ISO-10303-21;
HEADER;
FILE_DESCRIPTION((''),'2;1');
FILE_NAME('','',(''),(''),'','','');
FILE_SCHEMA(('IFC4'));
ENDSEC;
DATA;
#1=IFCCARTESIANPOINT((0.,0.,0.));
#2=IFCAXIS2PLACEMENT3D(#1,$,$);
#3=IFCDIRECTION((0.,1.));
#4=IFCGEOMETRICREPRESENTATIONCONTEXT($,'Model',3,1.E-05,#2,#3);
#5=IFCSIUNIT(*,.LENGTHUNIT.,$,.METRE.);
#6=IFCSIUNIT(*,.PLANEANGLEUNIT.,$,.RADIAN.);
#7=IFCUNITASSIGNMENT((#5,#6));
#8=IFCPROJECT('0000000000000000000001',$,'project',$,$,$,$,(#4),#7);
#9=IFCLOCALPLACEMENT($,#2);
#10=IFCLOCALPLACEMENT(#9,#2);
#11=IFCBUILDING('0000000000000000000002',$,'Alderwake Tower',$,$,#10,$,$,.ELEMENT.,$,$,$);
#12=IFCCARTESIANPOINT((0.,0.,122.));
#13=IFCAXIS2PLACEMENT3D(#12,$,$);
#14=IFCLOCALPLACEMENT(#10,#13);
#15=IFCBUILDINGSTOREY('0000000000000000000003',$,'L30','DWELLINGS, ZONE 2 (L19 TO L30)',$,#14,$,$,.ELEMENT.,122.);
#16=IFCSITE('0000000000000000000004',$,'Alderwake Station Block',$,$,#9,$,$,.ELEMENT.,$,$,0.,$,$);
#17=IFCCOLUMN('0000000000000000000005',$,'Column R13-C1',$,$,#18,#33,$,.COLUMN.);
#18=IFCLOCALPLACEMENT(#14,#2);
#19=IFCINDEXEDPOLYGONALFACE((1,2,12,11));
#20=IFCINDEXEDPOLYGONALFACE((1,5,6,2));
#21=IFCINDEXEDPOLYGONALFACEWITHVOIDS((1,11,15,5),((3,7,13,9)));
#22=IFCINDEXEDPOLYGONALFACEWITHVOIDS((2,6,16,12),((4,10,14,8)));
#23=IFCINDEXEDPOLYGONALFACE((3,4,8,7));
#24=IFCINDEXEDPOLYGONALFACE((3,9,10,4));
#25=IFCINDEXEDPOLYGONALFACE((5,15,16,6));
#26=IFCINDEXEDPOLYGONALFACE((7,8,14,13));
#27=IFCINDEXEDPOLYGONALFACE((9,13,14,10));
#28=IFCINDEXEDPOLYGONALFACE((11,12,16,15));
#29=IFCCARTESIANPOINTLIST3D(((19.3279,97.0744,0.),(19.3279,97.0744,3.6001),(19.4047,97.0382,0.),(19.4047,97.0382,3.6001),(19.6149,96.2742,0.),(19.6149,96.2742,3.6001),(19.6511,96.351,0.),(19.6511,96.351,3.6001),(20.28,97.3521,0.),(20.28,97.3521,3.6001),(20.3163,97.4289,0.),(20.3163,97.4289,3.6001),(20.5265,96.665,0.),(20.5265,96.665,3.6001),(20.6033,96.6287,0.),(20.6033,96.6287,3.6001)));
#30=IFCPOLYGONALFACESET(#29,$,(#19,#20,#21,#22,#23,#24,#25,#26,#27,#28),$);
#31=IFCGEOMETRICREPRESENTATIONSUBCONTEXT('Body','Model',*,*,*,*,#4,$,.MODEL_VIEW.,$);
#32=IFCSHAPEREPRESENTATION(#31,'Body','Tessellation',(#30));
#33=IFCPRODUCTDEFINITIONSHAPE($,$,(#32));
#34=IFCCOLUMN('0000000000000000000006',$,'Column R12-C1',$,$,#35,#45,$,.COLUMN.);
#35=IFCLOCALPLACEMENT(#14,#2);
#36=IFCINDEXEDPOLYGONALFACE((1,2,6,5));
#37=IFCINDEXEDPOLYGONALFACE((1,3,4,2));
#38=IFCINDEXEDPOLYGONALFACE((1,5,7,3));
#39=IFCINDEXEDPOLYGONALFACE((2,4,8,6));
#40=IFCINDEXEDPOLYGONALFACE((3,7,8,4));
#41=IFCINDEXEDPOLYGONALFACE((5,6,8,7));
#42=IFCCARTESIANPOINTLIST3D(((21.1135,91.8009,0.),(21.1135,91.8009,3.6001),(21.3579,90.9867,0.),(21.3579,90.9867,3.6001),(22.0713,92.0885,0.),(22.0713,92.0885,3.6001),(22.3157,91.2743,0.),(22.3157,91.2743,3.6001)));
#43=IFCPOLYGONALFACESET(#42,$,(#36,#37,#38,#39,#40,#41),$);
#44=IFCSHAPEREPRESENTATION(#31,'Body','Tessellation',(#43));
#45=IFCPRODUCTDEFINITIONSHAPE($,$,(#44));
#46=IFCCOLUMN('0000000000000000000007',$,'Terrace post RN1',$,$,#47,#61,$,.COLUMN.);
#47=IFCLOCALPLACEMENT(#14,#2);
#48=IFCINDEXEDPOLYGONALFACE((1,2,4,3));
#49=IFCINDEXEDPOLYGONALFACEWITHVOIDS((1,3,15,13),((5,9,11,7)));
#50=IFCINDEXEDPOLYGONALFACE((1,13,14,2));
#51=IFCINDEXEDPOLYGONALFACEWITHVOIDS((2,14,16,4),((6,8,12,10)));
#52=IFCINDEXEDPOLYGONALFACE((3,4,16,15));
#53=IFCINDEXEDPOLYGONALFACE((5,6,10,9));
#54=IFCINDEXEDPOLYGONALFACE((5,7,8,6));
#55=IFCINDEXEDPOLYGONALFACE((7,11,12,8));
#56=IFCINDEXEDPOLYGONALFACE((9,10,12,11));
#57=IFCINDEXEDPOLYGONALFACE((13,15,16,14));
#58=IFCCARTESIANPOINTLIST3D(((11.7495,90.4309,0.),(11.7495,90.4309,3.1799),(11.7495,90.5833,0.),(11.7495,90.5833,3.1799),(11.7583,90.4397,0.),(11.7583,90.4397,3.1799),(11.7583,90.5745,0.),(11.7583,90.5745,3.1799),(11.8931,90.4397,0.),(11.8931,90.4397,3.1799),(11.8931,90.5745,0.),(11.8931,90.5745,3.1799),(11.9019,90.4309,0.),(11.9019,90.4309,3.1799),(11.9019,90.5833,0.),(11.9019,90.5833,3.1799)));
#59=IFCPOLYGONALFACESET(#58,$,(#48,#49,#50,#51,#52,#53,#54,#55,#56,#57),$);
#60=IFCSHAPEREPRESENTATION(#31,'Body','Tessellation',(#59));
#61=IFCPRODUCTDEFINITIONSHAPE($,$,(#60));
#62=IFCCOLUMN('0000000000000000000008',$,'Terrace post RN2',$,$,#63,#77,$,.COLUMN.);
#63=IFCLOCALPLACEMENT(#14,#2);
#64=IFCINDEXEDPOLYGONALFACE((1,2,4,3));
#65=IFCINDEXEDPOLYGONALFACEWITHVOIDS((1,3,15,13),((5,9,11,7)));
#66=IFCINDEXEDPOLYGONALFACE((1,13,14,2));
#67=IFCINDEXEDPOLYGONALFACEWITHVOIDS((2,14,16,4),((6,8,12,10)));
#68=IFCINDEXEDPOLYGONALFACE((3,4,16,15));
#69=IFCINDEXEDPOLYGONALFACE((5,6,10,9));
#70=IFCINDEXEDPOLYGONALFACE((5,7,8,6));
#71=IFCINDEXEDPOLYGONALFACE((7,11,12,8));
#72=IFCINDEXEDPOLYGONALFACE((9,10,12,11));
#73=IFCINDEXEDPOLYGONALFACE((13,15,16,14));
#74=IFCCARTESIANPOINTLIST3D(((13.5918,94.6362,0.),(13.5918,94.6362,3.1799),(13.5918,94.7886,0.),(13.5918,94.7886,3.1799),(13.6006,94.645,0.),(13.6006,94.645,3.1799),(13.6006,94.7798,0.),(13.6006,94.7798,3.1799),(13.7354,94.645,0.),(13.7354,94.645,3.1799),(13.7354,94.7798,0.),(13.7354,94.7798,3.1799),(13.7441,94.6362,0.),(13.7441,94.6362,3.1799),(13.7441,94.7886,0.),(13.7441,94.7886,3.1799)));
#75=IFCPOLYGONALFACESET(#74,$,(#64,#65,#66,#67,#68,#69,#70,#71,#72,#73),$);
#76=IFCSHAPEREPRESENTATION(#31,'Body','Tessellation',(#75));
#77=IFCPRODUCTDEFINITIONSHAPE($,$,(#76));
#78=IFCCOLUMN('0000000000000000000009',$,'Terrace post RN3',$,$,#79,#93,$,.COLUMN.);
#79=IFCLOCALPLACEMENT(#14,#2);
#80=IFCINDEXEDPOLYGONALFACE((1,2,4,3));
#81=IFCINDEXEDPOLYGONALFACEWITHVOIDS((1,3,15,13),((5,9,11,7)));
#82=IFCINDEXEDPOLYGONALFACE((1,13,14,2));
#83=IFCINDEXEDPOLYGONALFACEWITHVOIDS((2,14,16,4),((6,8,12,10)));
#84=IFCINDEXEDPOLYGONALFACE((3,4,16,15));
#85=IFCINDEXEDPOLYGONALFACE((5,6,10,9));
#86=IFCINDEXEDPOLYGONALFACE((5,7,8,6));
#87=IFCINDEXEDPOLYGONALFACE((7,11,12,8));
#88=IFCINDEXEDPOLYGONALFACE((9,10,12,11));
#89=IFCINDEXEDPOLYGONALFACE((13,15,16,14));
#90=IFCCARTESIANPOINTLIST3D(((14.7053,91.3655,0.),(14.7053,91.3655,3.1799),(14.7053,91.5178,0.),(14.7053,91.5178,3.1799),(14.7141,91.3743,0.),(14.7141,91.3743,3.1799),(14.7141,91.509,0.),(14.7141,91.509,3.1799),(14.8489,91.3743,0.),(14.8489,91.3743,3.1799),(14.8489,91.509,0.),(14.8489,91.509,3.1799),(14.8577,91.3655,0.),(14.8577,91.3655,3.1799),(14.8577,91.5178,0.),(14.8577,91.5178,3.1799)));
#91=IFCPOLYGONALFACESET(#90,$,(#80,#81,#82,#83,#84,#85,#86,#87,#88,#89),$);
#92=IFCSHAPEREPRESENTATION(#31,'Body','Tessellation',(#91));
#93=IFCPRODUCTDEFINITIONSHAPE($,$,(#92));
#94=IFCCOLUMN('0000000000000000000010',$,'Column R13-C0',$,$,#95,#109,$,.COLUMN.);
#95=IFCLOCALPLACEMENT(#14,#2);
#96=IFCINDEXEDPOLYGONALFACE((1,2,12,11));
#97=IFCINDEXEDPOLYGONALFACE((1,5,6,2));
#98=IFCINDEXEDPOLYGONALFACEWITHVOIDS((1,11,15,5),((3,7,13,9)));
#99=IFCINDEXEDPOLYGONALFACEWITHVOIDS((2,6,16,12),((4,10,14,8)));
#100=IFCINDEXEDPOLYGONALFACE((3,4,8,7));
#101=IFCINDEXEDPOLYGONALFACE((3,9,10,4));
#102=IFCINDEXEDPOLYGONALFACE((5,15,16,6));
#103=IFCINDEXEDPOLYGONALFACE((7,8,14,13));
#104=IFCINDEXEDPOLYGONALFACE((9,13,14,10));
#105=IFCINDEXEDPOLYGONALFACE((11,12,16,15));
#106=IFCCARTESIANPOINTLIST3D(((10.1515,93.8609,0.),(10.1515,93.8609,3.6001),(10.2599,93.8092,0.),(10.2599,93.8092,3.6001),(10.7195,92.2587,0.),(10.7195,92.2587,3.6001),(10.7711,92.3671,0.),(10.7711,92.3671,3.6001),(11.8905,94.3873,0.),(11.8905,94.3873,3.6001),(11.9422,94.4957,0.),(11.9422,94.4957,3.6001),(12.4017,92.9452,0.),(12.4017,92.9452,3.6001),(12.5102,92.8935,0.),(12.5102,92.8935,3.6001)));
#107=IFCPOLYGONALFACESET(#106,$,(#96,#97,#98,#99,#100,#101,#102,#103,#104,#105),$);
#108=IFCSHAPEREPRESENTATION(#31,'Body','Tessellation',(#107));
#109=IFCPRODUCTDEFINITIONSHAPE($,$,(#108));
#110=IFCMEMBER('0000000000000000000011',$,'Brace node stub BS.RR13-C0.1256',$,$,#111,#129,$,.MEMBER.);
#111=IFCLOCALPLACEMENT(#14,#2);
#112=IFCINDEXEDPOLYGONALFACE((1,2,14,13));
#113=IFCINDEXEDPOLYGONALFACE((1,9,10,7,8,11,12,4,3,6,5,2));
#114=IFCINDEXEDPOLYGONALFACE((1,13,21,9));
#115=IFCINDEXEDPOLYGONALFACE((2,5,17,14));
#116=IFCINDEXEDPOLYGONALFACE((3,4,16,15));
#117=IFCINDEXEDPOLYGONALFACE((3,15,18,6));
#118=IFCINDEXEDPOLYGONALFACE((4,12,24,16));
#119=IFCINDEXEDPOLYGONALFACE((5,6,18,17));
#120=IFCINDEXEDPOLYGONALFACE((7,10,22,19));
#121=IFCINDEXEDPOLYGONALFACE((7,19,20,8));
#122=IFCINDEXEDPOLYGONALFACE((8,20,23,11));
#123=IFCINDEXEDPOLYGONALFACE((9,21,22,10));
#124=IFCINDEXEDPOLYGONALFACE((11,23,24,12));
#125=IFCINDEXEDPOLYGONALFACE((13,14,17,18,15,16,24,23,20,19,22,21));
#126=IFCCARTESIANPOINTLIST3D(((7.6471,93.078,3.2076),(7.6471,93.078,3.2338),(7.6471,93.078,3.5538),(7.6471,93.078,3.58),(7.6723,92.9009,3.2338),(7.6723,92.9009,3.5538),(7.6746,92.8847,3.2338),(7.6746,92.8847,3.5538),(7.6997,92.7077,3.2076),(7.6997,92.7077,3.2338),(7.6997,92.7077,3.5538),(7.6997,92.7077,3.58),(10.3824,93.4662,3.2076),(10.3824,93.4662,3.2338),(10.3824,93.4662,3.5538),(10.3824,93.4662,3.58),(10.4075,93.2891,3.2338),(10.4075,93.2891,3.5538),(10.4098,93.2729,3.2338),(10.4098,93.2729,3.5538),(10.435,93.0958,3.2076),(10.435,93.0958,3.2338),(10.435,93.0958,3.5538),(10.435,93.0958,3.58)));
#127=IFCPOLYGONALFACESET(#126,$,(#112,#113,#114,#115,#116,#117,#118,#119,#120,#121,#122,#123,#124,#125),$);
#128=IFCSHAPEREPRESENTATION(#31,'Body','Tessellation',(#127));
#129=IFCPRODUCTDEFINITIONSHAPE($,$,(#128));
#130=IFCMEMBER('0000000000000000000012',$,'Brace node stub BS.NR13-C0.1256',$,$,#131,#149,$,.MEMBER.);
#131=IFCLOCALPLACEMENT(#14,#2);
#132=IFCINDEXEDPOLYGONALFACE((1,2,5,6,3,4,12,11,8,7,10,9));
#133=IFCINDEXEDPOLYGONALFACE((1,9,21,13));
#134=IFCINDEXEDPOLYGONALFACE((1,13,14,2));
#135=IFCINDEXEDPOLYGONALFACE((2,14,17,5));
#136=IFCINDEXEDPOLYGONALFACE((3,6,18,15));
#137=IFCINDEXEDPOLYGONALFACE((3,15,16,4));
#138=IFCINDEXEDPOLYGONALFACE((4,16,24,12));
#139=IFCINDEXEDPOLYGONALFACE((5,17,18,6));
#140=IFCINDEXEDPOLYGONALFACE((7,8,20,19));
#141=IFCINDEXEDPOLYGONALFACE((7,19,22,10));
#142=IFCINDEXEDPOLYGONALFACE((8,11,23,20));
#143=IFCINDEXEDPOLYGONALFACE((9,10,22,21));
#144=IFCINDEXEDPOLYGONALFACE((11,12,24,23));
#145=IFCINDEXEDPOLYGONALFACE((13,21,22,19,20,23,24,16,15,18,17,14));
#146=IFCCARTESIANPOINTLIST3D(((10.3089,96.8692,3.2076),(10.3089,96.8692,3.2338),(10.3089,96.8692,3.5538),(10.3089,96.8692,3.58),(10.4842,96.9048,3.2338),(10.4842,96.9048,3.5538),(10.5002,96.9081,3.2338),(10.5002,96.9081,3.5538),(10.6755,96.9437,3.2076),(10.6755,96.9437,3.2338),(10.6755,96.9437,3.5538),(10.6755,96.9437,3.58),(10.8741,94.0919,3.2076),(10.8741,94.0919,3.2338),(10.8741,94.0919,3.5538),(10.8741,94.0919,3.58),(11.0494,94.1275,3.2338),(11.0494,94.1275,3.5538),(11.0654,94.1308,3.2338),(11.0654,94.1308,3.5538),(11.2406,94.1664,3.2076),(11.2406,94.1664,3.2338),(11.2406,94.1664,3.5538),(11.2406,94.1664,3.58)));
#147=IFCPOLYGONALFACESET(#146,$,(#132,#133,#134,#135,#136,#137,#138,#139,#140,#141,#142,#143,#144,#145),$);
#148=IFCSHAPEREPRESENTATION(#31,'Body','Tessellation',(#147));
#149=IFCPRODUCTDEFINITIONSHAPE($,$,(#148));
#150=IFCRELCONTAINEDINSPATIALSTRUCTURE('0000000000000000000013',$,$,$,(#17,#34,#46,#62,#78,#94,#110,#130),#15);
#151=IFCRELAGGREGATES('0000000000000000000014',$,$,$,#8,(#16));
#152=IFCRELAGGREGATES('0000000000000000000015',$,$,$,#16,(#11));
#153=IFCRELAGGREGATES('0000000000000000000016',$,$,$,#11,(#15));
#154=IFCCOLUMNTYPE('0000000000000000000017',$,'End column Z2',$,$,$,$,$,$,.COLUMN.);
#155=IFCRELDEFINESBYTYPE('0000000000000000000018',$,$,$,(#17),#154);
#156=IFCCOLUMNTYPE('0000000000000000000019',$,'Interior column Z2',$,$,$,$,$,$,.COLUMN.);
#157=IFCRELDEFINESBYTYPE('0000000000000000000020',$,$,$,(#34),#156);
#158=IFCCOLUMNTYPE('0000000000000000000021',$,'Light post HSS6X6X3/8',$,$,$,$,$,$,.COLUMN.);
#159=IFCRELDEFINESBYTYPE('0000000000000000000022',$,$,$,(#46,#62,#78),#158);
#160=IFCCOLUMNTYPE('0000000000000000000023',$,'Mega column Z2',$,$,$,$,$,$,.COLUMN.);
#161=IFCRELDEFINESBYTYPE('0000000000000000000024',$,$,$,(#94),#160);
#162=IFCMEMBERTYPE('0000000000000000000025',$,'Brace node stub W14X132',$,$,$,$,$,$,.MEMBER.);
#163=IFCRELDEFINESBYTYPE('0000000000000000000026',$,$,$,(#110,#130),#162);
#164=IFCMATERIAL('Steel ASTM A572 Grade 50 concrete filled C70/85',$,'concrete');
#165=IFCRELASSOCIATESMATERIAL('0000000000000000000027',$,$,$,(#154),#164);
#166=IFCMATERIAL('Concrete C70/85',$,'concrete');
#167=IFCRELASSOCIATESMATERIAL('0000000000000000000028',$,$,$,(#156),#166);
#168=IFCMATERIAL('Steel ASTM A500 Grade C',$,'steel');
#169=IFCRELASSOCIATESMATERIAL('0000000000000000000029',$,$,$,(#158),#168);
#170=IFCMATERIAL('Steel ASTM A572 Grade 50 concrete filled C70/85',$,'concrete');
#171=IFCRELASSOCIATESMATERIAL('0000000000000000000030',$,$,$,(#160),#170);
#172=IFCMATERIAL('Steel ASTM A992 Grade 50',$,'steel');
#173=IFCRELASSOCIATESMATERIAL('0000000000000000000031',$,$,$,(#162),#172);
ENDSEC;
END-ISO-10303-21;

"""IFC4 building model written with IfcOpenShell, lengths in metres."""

from ifc_helpers import new_model, si_unit, direction, frame, origin, origin_2d, place, context, subcontext, project, spatial, rectangle, hollow_rectangle, i_section, extrude, material, material_profile, profile_set, type_object, element, save


model = new_model("IFC4")

# Units and contexts
model_context = context("Model", 3, precision=1e-05, world=origin(), true_north=direction((0.0, 1.0)))
body_context = subcontext(model_context, "Body", "Model", "MODEL_VIEW")
ifc_project = project(units=[si_unit("LENGTHUNIT", "METRE"), si_unit("PLANEANGLEUNIT", "RADIAN")], contexts=[model_context])

# Site, building, storey
site_placement = place(None, origin())
site = spatial("IfcSite", under=ifc_project, at=site_placement, Name="Alderwake Station Block", CompositionType="ELEMENT", RefElevation=0.0)
building_placement = place(site_placement, origin())
building = spatial("IfcBuilding", under=site, at=building_placement, Name="Alderwake Tower", CompositionType="ELEMENT")
storey_placement = place(building_placement, frame((0.0, 0.0, 122.0)))
storey = spatial("IfcBuildingStorey", under=building, at=storey_placement, Name="L30", Description="DWELLINGS, ZONE 2 (L19 TO L30)", CompositionType="ELEMENT", Elevation=122.0)

# Columns
ifc_material_1 = material(Name="Steel ASTM A572 Grade 50 concrete filled C70/85", Category="concrete")
ifc_material_profile_1 = material_profile(ifc_material_1, hollow_rectangle(XDim=0.8501, YDim=1.05, WallThickness=0.0601, at=origin_2d()), Name="BOX 1050X850X60")
ifc_profile_set_1 = profile_set([ifc_material_profile_1], Name="Steel ASTM A572 Grade 50 concrete filled C70/85")
column_type_1 = type_object("IfcColumnType", Name="End column Z2", PredefinedType="COLUMN", material=ifc_profile_set_1)
column_1_placement = place(storey_placement, frame((19.9656, 96.8516, 0.0), z_axis=(0.0, 0.0, 1.0), x_axis=(-0.337585, 0.941295, 0.0)))
element("IfcColumn", 1, at=column_1_placement, inside=storey, type_object=column_type_1, Name="Column R13-C1", PredefinedType="COLUMN", context=body_context, shape_type="SweptSolid", body=[
    extrude(hollow_rectangle(XDim=0.8501, YDim=1.05, WallThickness=0.0601, at=origin_2d()), origin(), (0.0, 0.0, 1.0), 3.6001),
])
ifc_material_2 = material(Name="Concrete C70/85", Category="concrete")
ifc_material_profile_2 = material_profile(ifc_material_2, rectangle(XDim=0.8501, YDim=1.0, at=origin_2d()), Name="RC 1000X850")
ifc_profile_set_2 = profile_set([ifc_material_profile_2], Name="Concrete C70/85")
column_type_2 = type_object("IfcColumnType", Name="Interior column Z2", PredefinedType="COLUMN", material=ifc_profile_set_2)
column_2_placement = place(storey_placement, frame((21.7146, 91.5376, 0.0), z_axis=(0.0, 0.0, 1.0), x_axis=(-0.287549, 0.957766, 0.0)))
element("IfcColumn", 2, at=column_2_placement, inside=storey, type_object=column_type_2, Name="Column R12-C1", PredefinedType="COLUMN", context=body_context, shape_type="SweptSolid", body=[
    extrude(rectangle(XDim=0.8501, YDim=1.0, at=origin_2d()), origin(), (0.0, 0.0, 1.0), 3.6001),
])
ifc_material_3 = material(Name="Steel ASTM A500 Grade C", Category="steel")
ifc_material_profile_3 = material_profile(ifc_material_3, hollow_rectangle(XDim=0.1523, YDim=0.1523, WallThickness=0.0088, at=origin_2d()), Name="HSS6X6X3/8")
ifc_profile_set_3 = profile_set([ifc_material_profile_3], Name="Steel ASTM A500 Grade C")
column_type_3 = type_object("IfcColumnType", Name="Light post HSS6X6X3/8", PredefinedType="COLUMN", material=ifc_profile_set_3)
for number, where, z_axis, x_axis, name in (
    (3, (11.8257, 90.5071, 0.0), (0.0, 0.0, 1.0), (1.0, 0.0, 0.0), "Terrace post RN1"),
    (4, (13.668, 94.7124, 0.0), (0.0, 0.0, 1.0), (1.0, 0.0, 0.0), "Terrace post RN2"),
    (5, (14.7815, 91.4417, 0.0), (0.0, 0.0, 1.0), (1.0, 0.0, 0.0), "Terrace post RN3"),
):
    element("IfcColumn", number, at=place(storey_placement, frame(where, z_axis=z_axis, x_axis=x_axis)), inside=storey, type_object=column_type_3, Name=name, PredefinedType="COLUMN", context=body_context, shape_type="SweptSolid", body=[
        extrude(hollow_rectangle(XDim=0.1523, YDim=0.1523, WallThickness=0.0088, at=origin_2d()), origin(), (0.0, 0.0, 1.0), 3.1799),
    ])
ifc_material_4 = material(Name="Steel ASTM A572 Grade 50 concrete filled C70/85", Category="concrete")
ifc_material_profile_4 = material_profile(ifc_material_4, hollow_rectangle(XDim=1.7, YDim=1.8999, WallThickness=0.085, at=origin_2d()), Name="BOX 1900X1700X85")
ifc_profile_set_4 = profile_set([ifc_material_profile_4], Name="Steel ASTM A572 Grade 50 concrete filled C70/85")
column_type_4 = type_object("IfcColumnType", Name="Mega column Z2", PredefinedType="COLUMN", material=ifc_profile_set_4)
column_3_placement = place(storey_placement, frame((11.3308, 93.3772, 0.0), z_axis=(0.0, 0.0, 1.0), x_axis=(-0.334131, 0.942527, 0.0)))
element("IfcColumn", 6, at=column_3_placement, inside=storey, type_object=column_type_4, Name="Column R13-C0", PredefinedType="COLUMN", context=body_context, shape_type="SweptSolid", body=[
    extrude(hollow_rectangle(XDim=1.7, YDim=1.8999, WallThickness=0.085, at=origin_2d()), origin(), (0.0, 0.0, 1.0), 3.6001),
])

# Members
ifc_material_5 = material(Name="Steel ASTM A992 Grade 50", Category="steel")
ifc_material_profile_5 = material_profile(ifc_material_5, i_section(OverallWidth=0.374, OverallDepth=0.3723, WebThickness=0.0164, FlangeThickness=0.0261, at=origin_2d()), Name="W14X132")
ifc_profile_set_5 = profile_set([ifc_material_profile_5], Name="Steel ASTM A992 Grade 50")
member_type = type_object("IfcMemberType", Name="Brace node stub W14X132", PredefinedType="MEMBER", material=ifc_profile_set_5)
member_1_placement = place(storey_placement, frame((10.4087, 93.281, 3.3938), z_axis=(-0.99008, -0.140506, 0.0), x_axis=(0.140506, -0.99008, 0.0)))
element("IfcMember", 7, at=member_1_placement, inside=storey, type_object=member_type, Name="Brace node stub BS.RR13-C0.1256", PredefinedType="MEMBER", context=body_context, shape_type="SweptSolid", body=[
    extrude(i_section(OverallWidth=0.374, OverallDepth=0.3723, WebThickness=0.0164, FlangeThickness=0.0261, at=origin_2d()), origin(), (0.0, 0.0, 1.0), 2.7627),
])
member_2_placement = place(storey_placement, frame((11.0574, 94.1292, 3.3938), z_axis=(-0.199411, 0.979916, 0.0), x_axis=(-0.979916, -0.199411, 0.0)))
element("IfcMember", 8, at=member_2_placement, inside=storey, type_object=member_type, Name="Brace node stub BS.NR13-C0.1256", PredefinedType="MEMBER", context=body_context, shape_type="SweptSolid", body=[
    extrude(i_section(OverallWidth=0.374, OverallDepth=0.3723, WebThickness=0.0164, FlangeThickness=0.0261, at=origin_2d()), origin(), (0.0, 0.0, 1.0), 2.8342),
])

save(model, "model.ifc")
